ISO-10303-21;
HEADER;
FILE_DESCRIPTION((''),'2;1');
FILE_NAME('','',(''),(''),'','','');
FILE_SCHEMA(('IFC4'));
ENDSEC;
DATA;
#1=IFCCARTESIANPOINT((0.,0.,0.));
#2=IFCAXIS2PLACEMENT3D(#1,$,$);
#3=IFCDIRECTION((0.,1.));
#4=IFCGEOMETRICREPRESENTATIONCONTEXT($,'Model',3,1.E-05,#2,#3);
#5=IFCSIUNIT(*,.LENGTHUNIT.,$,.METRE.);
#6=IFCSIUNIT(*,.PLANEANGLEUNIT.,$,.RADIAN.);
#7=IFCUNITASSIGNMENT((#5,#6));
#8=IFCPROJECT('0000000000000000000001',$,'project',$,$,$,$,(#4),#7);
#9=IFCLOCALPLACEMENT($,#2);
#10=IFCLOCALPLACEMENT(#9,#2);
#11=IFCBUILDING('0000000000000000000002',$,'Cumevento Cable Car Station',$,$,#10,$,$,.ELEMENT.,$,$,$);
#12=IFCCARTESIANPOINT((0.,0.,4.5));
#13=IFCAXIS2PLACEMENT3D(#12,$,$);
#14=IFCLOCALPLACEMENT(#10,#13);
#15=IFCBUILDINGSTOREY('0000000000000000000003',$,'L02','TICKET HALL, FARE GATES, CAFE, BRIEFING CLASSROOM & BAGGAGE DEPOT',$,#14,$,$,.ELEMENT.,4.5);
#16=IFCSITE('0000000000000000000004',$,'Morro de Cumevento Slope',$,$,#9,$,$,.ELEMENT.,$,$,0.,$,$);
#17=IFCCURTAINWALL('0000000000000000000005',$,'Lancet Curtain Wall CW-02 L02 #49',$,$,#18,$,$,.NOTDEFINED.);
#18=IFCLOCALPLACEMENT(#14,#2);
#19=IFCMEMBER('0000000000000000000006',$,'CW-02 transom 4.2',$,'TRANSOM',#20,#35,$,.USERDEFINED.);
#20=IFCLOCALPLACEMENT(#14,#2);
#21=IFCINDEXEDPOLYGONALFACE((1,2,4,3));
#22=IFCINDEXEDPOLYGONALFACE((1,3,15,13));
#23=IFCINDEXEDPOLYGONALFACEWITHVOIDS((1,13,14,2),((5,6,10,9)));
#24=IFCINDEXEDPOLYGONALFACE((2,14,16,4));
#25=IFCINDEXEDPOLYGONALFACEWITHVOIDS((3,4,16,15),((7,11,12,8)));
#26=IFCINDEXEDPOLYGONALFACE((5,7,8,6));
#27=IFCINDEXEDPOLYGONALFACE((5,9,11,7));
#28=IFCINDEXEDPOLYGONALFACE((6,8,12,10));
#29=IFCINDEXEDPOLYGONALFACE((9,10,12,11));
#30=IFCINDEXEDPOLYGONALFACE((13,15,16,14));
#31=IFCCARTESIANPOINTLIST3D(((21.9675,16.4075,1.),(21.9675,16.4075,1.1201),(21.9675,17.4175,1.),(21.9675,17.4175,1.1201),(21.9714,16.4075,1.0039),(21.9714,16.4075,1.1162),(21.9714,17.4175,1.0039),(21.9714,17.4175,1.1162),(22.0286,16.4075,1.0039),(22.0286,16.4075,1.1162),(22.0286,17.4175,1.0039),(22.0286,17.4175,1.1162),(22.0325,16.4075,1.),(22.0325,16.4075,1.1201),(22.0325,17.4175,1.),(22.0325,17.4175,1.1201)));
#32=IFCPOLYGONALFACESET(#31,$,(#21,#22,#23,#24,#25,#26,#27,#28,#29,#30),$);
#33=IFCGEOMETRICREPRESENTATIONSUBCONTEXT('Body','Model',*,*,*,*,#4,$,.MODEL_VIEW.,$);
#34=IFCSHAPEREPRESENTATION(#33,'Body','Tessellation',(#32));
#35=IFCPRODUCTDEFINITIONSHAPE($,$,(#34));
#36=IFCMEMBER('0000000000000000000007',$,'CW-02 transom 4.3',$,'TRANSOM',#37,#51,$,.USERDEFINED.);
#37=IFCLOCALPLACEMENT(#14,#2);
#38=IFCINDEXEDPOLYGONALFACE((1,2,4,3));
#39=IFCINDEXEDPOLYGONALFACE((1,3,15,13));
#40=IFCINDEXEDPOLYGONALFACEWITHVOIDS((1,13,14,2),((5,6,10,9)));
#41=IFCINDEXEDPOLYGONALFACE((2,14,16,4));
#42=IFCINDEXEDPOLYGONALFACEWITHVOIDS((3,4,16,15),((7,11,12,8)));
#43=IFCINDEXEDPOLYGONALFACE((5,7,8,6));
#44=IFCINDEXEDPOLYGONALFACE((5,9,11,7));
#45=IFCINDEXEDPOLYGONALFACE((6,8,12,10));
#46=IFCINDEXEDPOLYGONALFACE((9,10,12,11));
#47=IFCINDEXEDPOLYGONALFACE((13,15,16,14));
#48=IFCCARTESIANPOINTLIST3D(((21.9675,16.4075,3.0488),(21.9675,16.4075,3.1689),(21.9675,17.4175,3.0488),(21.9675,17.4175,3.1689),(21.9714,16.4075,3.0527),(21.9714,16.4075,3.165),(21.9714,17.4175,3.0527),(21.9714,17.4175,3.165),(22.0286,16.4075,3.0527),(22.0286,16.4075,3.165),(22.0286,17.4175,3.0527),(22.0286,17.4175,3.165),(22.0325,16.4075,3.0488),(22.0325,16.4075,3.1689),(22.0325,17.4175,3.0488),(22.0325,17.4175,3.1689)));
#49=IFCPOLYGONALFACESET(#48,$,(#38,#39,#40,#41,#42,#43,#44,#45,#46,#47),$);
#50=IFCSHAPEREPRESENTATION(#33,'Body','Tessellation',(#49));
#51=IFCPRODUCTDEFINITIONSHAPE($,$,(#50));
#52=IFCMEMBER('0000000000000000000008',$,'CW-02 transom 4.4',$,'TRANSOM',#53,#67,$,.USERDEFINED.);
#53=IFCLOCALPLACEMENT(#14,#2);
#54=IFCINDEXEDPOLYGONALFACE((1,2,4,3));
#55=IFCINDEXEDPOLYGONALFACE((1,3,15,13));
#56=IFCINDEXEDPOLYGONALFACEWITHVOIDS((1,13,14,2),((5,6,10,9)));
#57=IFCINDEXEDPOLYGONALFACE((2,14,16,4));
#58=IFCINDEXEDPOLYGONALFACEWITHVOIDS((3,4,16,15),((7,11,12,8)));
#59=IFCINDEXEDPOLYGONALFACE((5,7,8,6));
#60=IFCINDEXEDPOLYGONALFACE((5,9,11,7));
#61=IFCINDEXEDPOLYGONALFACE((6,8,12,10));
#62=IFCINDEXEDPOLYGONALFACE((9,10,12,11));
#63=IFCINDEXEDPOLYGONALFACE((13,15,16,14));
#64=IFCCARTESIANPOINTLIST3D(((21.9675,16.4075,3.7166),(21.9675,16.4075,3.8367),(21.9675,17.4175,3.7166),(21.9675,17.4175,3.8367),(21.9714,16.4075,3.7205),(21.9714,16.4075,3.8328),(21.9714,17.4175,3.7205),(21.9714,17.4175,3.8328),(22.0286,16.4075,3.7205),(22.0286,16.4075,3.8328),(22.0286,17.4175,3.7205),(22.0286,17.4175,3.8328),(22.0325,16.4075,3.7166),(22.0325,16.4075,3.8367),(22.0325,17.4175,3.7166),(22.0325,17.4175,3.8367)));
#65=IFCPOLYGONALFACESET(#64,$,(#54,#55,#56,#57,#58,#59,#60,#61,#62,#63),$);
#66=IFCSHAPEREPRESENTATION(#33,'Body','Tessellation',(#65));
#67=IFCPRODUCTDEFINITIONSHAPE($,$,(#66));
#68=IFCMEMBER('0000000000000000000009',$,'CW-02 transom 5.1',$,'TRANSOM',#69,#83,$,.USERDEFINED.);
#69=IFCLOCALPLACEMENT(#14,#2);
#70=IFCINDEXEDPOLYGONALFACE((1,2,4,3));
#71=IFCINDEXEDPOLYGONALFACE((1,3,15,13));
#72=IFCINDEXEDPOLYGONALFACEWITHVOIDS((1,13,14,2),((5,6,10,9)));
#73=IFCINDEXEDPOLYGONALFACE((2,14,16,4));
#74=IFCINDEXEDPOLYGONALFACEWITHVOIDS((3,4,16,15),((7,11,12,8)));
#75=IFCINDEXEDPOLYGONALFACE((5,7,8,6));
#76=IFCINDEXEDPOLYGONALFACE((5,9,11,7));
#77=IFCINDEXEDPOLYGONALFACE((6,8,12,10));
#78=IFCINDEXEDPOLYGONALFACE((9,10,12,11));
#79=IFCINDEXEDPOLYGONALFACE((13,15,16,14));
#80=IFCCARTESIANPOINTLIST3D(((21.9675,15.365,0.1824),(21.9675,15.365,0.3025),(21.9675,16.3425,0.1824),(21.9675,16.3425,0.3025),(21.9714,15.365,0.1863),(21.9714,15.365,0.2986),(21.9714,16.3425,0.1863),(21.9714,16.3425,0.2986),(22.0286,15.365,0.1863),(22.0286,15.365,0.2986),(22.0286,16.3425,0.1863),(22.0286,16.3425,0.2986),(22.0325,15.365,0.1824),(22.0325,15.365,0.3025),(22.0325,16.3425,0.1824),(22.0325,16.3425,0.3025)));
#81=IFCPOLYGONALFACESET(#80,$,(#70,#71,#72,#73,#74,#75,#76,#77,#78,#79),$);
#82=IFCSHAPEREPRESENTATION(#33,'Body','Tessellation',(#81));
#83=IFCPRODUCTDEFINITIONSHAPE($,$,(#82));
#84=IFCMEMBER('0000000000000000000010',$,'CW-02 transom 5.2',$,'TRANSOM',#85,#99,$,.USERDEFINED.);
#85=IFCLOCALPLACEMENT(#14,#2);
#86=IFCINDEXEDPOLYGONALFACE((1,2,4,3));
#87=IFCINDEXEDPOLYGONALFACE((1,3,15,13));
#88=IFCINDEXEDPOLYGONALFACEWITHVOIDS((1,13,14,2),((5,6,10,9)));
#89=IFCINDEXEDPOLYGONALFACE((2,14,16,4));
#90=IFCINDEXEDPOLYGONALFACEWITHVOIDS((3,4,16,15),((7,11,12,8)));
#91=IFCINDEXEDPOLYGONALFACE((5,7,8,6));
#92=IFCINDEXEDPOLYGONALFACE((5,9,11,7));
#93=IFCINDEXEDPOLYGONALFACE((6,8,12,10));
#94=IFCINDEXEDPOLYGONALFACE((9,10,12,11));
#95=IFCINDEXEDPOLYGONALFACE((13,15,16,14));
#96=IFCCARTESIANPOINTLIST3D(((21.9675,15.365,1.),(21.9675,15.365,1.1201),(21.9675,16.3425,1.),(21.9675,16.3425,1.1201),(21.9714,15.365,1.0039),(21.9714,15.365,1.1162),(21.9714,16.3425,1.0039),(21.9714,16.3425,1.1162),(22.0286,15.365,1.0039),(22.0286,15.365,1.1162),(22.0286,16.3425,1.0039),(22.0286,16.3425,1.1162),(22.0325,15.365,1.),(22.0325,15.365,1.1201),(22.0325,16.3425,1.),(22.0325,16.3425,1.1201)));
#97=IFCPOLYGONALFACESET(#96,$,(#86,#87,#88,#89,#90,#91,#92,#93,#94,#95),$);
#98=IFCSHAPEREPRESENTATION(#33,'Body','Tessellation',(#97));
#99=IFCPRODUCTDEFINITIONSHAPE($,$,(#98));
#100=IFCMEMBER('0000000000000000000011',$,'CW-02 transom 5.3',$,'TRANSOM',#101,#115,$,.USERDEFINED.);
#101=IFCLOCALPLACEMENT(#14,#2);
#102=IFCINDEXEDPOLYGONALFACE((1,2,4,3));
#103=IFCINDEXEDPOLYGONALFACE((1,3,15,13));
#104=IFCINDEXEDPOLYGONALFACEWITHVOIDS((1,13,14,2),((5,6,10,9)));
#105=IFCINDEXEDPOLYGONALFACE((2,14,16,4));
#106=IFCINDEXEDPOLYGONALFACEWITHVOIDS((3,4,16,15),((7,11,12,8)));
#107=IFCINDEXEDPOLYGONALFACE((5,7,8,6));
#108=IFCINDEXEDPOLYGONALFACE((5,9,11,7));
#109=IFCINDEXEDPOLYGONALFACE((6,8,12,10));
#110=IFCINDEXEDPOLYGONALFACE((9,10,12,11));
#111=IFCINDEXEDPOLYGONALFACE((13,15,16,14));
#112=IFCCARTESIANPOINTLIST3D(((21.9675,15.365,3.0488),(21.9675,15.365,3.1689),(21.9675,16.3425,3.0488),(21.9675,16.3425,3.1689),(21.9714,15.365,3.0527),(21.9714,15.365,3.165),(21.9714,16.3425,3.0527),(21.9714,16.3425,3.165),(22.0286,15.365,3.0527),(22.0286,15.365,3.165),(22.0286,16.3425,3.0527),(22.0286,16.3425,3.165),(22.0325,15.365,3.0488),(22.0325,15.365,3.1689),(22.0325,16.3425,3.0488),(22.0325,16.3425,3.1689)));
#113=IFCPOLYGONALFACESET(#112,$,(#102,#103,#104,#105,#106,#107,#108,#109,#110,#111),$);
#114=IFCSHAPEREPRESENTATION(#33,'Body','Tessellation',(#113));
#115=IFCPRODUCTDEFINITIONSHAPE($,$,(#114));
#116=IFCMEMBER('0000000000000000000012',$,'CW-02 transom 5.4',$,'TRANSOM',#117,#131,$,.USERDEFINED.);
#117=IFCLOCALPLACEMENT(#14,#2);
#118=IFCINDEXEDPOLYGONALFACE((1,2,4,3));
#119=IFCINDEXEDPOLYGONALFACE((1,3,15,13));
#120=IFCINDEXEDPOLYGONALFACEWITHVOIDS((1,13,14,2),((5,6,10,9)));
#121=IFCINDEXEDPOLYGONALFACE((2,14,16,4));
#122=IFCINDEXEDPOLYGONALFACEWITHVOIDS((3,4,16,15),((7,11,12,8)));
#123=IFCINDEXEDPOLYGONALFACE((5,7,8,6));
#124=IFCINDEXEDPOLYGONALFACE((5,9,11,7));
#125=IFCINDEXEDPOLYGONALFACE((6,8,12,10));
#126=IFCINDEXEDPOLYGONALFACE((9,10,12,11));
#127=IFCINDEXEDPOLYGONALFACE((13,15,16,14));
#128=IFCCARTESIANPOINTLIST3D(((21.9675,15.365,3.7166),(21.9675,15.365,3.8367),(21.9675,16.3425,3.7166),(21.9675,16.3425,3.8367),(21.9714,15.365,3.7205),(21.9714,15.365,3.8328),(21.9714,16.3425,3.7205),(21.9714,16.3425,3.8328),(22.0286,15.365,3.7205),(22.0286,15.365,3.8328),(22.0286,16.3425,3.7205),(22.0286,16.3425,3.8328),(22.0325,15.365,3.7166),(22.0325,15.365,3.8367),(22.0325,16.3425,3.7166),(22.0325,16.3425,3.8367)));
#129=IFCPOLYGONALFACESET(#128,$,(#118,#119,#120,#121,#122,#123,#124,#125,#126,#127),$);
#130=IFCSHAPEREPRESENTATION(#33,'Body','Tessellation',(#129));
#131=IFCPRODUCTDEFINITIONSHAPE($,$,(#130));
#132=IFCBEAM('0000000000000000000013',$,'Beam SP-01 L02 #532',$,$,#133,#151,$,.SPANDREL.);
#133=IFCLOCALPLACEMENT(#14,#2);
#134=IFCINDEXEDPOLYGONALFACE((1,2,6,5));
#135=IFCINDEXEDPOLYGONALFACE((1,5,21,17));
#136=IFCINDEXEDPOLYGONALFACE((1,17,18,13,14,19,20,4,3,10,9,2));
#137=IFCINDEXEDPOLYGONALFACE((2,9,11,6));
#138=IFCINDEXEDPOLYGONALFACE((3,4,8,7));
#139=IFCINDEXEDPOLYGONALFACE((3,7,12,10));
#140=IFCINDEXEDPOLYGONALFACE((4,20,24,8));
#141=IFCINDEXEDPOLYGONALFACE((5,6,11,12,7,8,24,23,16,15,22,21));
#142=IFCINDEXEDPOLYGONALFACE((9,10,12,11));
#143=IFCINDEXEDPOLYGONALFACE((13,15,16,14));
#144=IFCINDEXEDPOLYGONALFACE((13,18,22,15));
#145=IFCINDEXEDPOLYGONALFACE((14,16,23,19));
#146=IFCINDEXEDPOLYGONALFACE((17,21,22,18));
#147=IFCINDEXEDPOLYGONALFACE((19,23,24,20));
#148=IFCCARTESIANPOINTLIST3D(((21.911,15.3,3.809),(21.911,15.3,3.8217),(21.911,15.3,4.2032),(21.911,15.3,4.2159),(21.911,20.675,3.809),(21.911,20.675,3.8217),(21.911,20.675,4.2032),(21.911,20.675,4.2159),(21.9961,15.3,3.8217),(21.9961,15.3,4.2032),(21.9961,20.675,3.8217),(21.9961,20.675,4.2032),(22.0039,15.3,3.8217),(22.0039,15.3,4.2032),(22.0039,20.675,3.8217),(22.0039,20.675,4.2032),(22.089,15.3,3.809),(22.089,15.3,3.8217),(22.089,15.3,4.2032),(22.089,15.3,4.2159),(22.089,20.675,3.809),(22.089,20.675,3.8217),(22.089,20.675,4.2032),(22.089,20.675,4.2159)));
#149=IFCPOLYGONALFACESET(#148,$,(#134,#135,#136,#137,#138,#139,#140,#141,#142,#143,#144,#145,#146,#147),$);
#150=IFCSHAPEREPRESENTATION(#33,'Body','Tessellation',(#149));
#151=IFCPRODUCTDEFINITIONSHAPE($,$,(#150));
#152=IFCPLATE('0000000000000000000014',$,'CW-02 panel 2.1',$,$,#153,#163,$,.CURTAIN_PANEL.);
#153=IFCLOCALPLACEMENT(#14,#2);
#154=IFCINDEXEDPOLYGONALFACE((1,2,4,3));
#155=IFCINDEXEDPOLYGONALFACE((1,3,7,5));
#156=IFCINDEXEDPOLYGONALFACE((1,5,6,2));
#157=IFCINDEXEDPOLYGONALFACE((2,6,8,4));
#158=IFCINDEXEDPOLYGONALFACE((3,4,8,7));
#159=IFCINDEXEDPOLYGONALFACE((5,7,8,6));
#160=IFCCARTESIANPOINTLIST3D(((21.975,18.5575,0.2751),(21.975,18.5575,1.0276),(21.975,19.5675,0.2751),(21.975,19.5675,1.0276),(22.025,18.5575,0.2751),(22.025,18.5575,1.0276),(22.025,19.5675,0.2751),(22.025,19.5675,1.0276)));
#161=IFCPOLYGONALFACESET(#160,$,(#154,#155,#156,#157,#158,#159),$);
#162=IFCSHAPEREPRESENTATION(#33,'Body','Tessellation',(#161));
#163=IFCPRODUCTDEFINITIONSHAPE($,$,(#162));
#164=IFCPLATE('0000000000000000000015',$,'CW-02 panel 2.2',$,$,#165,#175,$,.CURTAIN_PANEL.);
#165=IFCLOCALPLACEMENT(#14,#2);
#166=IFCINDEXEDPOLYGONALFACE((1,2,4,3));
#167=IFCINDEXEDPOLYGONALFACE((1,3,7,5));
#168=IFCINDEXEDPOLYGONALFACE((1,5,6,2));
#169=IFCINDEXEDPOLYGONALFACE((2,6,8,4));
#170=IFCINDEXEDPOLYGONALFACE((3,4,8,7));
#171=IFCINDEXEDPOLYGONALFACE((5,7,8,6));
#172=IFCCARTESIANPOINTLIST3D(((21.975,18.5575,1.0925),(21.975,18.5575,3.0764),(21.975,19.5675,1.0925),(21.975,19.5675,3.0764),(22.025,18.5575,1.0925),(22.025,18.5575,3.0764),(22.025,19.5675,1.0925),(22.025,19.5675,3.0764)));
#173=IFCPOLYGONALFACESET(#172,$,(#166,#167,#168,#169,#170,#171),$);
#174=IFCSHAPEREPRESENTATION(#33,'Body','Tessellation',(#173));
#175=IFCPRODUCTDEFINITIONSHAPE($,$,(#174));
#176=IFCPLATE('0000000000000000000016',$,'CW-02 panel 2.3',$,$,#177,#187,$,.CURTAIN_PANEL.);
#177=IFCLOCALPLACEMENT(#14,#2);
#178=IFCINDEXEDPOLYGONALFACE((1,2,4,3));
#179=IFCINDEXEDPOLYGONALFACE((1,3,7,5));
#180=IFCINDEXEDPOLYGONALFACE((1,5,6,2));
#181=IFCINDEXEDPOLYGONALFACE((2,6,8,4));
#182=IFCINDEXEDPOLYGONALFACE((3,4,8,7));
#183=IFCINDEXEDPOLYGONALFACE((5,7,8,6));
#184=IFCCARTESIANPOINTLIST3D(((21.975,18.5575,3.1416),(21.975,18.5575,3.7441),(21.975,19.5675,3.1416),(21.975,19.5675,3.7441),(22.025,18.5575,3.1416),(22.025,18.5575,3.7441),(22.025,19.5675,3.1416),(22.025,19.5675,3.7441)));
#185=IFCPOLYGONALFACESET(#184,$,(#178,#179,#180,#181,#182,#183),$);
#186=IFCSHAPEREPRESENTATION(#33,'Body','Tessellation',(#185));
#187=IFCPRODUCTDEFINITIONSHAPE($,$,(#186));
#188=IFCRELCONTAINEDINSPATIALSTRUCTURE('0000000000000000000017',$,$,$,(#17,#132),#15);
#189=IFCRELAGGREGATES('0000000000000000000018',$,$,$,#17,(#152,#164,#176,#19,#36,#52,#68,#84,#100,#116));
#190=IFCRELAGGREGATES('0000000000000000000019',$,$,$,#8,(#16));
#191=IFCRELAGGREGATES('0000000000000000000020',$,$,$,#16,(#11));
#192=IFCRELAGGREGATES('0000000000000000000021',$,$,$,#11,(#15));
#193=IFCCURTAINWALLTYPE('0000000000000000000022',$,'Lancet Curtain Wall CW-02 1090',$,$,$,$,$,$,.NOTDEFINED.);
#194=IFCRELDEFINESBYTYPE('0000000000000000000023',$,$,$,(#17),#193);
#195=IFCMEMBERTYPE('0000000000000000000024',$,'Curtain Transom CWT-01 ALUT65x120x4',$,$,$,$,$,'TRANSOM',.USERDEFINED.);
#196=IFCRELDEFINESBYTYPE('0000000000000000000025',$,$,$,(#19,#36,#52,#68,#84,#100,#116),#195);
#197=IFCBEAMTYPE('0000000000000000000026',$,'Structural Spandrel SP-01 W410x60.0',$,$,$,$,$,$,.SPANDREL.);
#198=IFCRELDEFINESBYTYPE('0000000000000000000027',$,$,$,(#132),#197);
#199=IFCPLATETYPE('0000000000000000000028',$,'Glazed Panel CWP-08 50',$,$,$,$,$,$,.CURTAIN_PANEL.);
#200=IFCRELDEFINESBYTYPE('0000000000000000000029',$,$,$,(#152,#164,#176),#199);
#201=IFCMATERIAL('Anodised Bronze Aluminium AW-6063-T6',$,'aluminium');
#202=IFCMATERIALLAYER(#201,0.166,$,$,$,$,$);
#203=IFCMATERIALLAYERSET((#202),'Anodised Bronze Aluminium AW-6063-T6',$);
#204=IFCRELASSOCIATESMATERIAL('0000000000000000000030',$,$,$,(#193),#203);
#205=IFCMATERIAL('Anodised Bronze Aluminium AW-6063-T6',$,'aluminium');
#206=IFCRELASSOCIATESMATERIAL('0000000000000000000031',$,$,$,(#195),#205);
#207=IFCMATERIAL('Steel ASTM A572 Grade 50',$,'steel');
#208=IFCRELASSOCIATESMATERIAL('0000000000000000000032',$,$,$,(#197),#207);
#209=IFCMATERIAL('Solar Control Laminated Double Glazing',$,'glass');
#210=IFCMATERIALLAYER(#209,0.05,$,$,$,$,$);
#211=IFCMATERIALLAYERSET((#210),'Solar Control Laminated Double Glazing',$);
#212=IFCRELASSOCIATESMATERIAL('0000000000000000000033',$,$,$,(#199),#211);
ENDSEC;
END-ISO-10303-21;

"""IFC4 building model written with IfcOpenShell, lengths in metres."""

from ifc_helpers import new_model, si_unit, direction, frame, origin, origin_2d, place, context, subcontext, project, spatial, rectangle, hollow_rectangle, i_section, extrude, material, layer, layer_set, material_profile, profile_set, type_object, element, aggregate, save


model = new_model("IFC4")

# Units and contexts
model_context = context("Model", 3, precision=1e-05, world=origin(), true_north=direction((0.0, 1.0)))
body_context = subcontext(model_context, "Body", "Model", "MODEL_VIEW")
ifc_project = project(units=[si_unit("LENGTHUNIT", "METRE"), si_unit("PLANEANGLEUNIT", "RADIAN")], contexts=[model_context])

# Site, building, storey
site_placement = place(None, origin())
site = spatial("IfcSite", under=ifc_project, at=site_placement, Name="Morro de Cumevento Slope", CompositionType="ELEMENT", RefElevation=0.0)
building_placement = place(site_placement, origin())
building = spatial("IfcBuilding", under=site, at=building_placement, Name="Cumevento Cable Car Station", CompositionType="ELEMENT")
storey_placement = place(building_placement, frame((0.0, 0.0, 4.5)))
storey = spatial("IfcBuildingStorey", under=building, at=storey_placement, Name="L02", Description="TICKET HALL, FARE GATES, CAFE, BRIEFING CLASSROOM & BAGGAGE DEPOT", CompositionType="ELEMENT", Elevation=4.5)

# Curtain wall, members
ifc_material_1 = material(Name="Anodised Bronze Aluminium AW-6063-T6", Category="aluminium")
ifc_layer_1 = layer(ifc_material_1, 0.166)
ifc_layer_set_1 = layer_set([ifc_layer_1], Name="Anodised Bronze Aluminium AW-6063-T6")
curtain_wall_type = type_object("IfcCurtainWallType", Name="Lancet Curtain Wall CW-02 1090", PredefinedType="NOTDEFINED", material=ifc_layer_set_1)
curtain_wall_placement = place(storey_placement, origin())
curtain_wall = element("IfcCurtainWall", 1, at=curtain_wall_placement, inside=storey, type_object=curtain_wall_type, Name="Lancet Curtain Wall CW-02 L02 #49", PredefinedType="NOTDEFINED")
ifc_material_2 = material(Name="Anodised Bronze Aluminium AW-6063-T6", Category="aluminium")
ifc_material_profile_1 = material_profile(ifc_material_2, hollow_rectangle(XDim=0.0649, YDim=0.1201, WallThickness=0.0039, at=origin_2d()), Name="ALUT65x120x4")
ifc_profile_set_1 = profile_set([ifc_material_profile_1], Name="Anodised Bronze Aluminium AW-6063-T6")
member_type_1 = type_object("IfcMemberType", Name="Curtain Transom CWT-01 ALUT65x120x4", ElementType="TRANSOM", PredefinedType="USERDEFINED", material=ifc_profile_set_1)
member_1_placement = place(storey_placement, frame((22.0, 17.4175, 1.0601), z_axis=(0.0, -1.0, 0.0), x_axis=(1.0, 0.0, 0.0)))
member_1 = element("IfcMember", 2, at=member_1_placement, type_object=member_type_1, Name="CW-02 transom 4.2", ObjectType="TRANSOM", PredefinedType="USERDEFINED", context=body_context, shape_type="SweptSolid", body=[
    extrude(hollow_rectangle(XDim=0.0649, YDim=0.1201, WallThickness=0.0039, at=origin_2d()), origin(), (0.0, 0.0, 1.0), 1.01),
])
member_2_placement = place(storey_placement, frame((22.0, 17.4175, 3.1089), z_axis=(0.0, -1.0, 0.0), x_axis=(1.0, 0.0, 0.0)))
member_2 = element("IfcMember", 3, at=member_2_placement, type_object=member_type_1, Name="CW-02 transom 4.3", ObjectType="TRANSOM", PredefinedType="USERDEFINED", context=body_context, shape_type="SweptSolid", body=[
    extrude(hollow_rectangle(XDim=0.0649, YDim=0.1201, WallThickness=0.0039, at=origin_2d()), origin(), (0.0, 0.0, 1.0), 1.01),
])
member_3_placement = place(storey_placement, frame((22.0, 17.4175, 3.7766), z_axis=(0.0, -1.0, 0.0), x_axis=(1.0, 0.0, 0.0)))
member_3 = element("IfcMember", 4, at=member_3_placement, type_object=member_type_1, Name="CW-02 transom 4.4", ObjectType="TRANSOM", PredefinedType="USERDEFINED", context=body_context, shape_type="SweptSolid", body=[
    extrude(hollow_rectangle(XDim=0.0649, YDim=0.1201, WallThickness=0.0039, at=origin_2d()), origin(), (0.0, 0.0, 1.0), 1.01),
])
member_4_placement = place(storey_placement, frame((22.0, 16.3425, 0.2424), z_axis=(0.0, -1.0, 0.0), x_axis=(1.0, 0.0, 0.0)))
member_4 = element("IfcMember", 5, at=member_4_placement, type_object=member_type_1, Name="CW-02 transom 5.1", ObjectType="TRANSOM", PredefinedType="USERDEFINED", context=body_context, shape_type="SweptSolid", body=[
    extrude(hollow_rectangle(XDim=0.0649, YDim=0.1201, WallThickness=0.0039, at=origin_2d()), origin(), (0.0, 0.0, 1.0), 0.9775),
])
member_5_placement = place(storey_placement, frame((22.0, 16.3425, 1.0601), z_axis=(0.0, -1.0, 0.0), x_axis=(1.0, 0.0, 0.0)))
member_5 = element("IfcMember", 6, at=member_5_placement, type_object=member_type_1, Name="CW-02 transom 5.2", ObjectType="TRANSOM", PredefinedType="USERDEFINED", context=body_context, shape_type="SweptSolid", body=[
    extrude(hollow_rectangle(XDim=0.0649, YDim=0.1201, WallThickness=0.0039, at=origin_2d()), origin(), (0.0, 0.0, 1.0), 0.9775),
])
member_6_placement = place(storey_placement, frame((22.0, 16.3425, 3.1089), z_axis=(0.0, -1.0, 0.0), x_axis=(1.0, 0.0, 0.0)))
member_6 = element("IfcMember", 7, at=member_6_placement, type_object=member_type_1, Name="CW-02 transom 5.3", ObjectType="TRANSOM", PredefinedType="USERDEFINED", context=body_context, shape_type="SweptSolid", body=[
    extrude(hollow_rectangle(XDim=0.0649, YDim=0.1201, WallThickness=0.0039, at=origin_2d()), origin(), (0.0, 0.0, 1.0), 0.9775),
])
member_7_placement = place(storey_placement, frame((22.0, 16.3425, 3.7766), z_axis=(0.0, -1.0, 0.0), x_axis=(1.0, 0.0, 0.0)))
member_7 = element("IfcMember", 8, at=member_7_placement, type_object=member_type_1, Name="CW-02 transom 5.4", ObjectType="TRANSOM", PredefinedType="USERDEFINED", context=body_context, shape_type="SweptSolid", body=[
    extrude(hollow_rectangle(XDim=0.0649, YDim=0.1201, WallThickness=0.0039, at=origin_2d()), origin(), (0.0, 0.0, 1.0), 0.9775),
])

# Beam
ifc_material_3 = material(Name="Steel ASTM A572 Grade 50", Category="steel")
ifc_material_profile_2 = material_profile(ifc_material_3, i_section(OverallWidth=0.178, OverallDepth=0.407, WebThickness=0.0078, FlangeThickness=0.0127, at=origin_2d()), Name="W410x60.0")
ifc_profile_set_2 = profile_set([ifc_material_profile_2], Name="Steel ASTM A572 Grade 50")
beam_type = type_object("IfcBeamType", Name="Structural Spandrel SP-01 W410x60.0", PredefinedType="SPANDREL", material=ifc_profile_set_2)
beam_placement = place(storey_placement, frame((22.0, 15.3, 4.0125), z_axis=(0.0, 1.0, 0.0), x_axis=(-1.0, 0.0, 0.0)))
element("IfcBeam", 9, at=beam_placement, inside=storey, type_object=beam_type, Name="Beam SP-01 L02 #532", PredefinedType="SPANDREL", context=body_context, shape_type="SweptSolid", body=[
    extrude(i_section(OverallWidth=0.178, OverallDepth=0.407, WebThickness=0.0078, FlangeThickness=0.0127, at=origin_2d()), origin(), (0.0, 0.0, 1.0), 5.375),
])

# Plates
ifc_material_4 = material(Name="Solar Control Laminated Double Glazing", Category="glass")
ifc_layer_2 = layer(ifc_material_4, 0.05)
ifc_layer_set_2 = layer_set([ifc_layer_2], Name="Solar Control Laminated Double Glazing")
plate_type = type_object("IfcPlateType", Name="Glazed Panel CWP-08 50", PredefinedType="CURTAIN_PANEL", material=ifc_layer_set_2)
plate_1_placement = place(storey_placement, frame((22.0, 19.0625, 0.2751), z_axis=(0.0, 0.0, 1.0), x_axis=(0.0, -1.0, 0.0)))
plate_1 = element("IfcPlate", 10, at=plate_1_placement, type_object=plate_type, Name="CW-02 panel 2.1", PredefinedType="CURTAIN_PANEL", context=body_context, shape_type="SweptSolid", body=[
    extrude(rectangle(XDim=1.01, YDim=0.05, at=origin_2d()), origin(), (0.0, 0.0, 1.0), 0.7524),
])
plate_2_placement = place(storey_placement, frame((22.0, 19.0625, 1.0925), z_axis=(0.0, 0.0, 1.0), x_axis=(0.0, -1.0, 0.0)))
plate_2 = element("IfcPlate", 11, at=plate_2_placement, type_object=plate_type, Name="CW-02 panel 2.2", PredefinedType="CURTAIN_PANEL", context=body_context, shape_type="SweptSolid", body=[
    extrude(rectangle(XDim=1.01, YDim=0.05, at=origin_2d()), origin(), (0.0, 0.0, 1.0), 1.9839),
])
plate_3_placement = place(storey_placement, frame((22.0, 19.0625, 3.1416), z_axis=(0.0, 0.0, 1.0), x_axis=(0.0, -1.0, 0.0)))
plate_3 = element("IfcPlate", 12, at=plate_3_placement, type_object=plate_type, Name="CW-02 panel 2.3", PredefinedType="CURTAIN_PANEL", context=body_context, shape_type="SweptSolid", body=[
    extrude(rectangle(XDim=1.01, YDim=0.05, at=origin_2d()), origin(), (0.0, 0.0, 1.0), 0.6025),
])
aggregate(curtain_wall, [plate_1, plate_2, plate_3, member_1, member_2, member_3, member_4, member_5, member_6, member_7])

save(model, "model.ifc")
